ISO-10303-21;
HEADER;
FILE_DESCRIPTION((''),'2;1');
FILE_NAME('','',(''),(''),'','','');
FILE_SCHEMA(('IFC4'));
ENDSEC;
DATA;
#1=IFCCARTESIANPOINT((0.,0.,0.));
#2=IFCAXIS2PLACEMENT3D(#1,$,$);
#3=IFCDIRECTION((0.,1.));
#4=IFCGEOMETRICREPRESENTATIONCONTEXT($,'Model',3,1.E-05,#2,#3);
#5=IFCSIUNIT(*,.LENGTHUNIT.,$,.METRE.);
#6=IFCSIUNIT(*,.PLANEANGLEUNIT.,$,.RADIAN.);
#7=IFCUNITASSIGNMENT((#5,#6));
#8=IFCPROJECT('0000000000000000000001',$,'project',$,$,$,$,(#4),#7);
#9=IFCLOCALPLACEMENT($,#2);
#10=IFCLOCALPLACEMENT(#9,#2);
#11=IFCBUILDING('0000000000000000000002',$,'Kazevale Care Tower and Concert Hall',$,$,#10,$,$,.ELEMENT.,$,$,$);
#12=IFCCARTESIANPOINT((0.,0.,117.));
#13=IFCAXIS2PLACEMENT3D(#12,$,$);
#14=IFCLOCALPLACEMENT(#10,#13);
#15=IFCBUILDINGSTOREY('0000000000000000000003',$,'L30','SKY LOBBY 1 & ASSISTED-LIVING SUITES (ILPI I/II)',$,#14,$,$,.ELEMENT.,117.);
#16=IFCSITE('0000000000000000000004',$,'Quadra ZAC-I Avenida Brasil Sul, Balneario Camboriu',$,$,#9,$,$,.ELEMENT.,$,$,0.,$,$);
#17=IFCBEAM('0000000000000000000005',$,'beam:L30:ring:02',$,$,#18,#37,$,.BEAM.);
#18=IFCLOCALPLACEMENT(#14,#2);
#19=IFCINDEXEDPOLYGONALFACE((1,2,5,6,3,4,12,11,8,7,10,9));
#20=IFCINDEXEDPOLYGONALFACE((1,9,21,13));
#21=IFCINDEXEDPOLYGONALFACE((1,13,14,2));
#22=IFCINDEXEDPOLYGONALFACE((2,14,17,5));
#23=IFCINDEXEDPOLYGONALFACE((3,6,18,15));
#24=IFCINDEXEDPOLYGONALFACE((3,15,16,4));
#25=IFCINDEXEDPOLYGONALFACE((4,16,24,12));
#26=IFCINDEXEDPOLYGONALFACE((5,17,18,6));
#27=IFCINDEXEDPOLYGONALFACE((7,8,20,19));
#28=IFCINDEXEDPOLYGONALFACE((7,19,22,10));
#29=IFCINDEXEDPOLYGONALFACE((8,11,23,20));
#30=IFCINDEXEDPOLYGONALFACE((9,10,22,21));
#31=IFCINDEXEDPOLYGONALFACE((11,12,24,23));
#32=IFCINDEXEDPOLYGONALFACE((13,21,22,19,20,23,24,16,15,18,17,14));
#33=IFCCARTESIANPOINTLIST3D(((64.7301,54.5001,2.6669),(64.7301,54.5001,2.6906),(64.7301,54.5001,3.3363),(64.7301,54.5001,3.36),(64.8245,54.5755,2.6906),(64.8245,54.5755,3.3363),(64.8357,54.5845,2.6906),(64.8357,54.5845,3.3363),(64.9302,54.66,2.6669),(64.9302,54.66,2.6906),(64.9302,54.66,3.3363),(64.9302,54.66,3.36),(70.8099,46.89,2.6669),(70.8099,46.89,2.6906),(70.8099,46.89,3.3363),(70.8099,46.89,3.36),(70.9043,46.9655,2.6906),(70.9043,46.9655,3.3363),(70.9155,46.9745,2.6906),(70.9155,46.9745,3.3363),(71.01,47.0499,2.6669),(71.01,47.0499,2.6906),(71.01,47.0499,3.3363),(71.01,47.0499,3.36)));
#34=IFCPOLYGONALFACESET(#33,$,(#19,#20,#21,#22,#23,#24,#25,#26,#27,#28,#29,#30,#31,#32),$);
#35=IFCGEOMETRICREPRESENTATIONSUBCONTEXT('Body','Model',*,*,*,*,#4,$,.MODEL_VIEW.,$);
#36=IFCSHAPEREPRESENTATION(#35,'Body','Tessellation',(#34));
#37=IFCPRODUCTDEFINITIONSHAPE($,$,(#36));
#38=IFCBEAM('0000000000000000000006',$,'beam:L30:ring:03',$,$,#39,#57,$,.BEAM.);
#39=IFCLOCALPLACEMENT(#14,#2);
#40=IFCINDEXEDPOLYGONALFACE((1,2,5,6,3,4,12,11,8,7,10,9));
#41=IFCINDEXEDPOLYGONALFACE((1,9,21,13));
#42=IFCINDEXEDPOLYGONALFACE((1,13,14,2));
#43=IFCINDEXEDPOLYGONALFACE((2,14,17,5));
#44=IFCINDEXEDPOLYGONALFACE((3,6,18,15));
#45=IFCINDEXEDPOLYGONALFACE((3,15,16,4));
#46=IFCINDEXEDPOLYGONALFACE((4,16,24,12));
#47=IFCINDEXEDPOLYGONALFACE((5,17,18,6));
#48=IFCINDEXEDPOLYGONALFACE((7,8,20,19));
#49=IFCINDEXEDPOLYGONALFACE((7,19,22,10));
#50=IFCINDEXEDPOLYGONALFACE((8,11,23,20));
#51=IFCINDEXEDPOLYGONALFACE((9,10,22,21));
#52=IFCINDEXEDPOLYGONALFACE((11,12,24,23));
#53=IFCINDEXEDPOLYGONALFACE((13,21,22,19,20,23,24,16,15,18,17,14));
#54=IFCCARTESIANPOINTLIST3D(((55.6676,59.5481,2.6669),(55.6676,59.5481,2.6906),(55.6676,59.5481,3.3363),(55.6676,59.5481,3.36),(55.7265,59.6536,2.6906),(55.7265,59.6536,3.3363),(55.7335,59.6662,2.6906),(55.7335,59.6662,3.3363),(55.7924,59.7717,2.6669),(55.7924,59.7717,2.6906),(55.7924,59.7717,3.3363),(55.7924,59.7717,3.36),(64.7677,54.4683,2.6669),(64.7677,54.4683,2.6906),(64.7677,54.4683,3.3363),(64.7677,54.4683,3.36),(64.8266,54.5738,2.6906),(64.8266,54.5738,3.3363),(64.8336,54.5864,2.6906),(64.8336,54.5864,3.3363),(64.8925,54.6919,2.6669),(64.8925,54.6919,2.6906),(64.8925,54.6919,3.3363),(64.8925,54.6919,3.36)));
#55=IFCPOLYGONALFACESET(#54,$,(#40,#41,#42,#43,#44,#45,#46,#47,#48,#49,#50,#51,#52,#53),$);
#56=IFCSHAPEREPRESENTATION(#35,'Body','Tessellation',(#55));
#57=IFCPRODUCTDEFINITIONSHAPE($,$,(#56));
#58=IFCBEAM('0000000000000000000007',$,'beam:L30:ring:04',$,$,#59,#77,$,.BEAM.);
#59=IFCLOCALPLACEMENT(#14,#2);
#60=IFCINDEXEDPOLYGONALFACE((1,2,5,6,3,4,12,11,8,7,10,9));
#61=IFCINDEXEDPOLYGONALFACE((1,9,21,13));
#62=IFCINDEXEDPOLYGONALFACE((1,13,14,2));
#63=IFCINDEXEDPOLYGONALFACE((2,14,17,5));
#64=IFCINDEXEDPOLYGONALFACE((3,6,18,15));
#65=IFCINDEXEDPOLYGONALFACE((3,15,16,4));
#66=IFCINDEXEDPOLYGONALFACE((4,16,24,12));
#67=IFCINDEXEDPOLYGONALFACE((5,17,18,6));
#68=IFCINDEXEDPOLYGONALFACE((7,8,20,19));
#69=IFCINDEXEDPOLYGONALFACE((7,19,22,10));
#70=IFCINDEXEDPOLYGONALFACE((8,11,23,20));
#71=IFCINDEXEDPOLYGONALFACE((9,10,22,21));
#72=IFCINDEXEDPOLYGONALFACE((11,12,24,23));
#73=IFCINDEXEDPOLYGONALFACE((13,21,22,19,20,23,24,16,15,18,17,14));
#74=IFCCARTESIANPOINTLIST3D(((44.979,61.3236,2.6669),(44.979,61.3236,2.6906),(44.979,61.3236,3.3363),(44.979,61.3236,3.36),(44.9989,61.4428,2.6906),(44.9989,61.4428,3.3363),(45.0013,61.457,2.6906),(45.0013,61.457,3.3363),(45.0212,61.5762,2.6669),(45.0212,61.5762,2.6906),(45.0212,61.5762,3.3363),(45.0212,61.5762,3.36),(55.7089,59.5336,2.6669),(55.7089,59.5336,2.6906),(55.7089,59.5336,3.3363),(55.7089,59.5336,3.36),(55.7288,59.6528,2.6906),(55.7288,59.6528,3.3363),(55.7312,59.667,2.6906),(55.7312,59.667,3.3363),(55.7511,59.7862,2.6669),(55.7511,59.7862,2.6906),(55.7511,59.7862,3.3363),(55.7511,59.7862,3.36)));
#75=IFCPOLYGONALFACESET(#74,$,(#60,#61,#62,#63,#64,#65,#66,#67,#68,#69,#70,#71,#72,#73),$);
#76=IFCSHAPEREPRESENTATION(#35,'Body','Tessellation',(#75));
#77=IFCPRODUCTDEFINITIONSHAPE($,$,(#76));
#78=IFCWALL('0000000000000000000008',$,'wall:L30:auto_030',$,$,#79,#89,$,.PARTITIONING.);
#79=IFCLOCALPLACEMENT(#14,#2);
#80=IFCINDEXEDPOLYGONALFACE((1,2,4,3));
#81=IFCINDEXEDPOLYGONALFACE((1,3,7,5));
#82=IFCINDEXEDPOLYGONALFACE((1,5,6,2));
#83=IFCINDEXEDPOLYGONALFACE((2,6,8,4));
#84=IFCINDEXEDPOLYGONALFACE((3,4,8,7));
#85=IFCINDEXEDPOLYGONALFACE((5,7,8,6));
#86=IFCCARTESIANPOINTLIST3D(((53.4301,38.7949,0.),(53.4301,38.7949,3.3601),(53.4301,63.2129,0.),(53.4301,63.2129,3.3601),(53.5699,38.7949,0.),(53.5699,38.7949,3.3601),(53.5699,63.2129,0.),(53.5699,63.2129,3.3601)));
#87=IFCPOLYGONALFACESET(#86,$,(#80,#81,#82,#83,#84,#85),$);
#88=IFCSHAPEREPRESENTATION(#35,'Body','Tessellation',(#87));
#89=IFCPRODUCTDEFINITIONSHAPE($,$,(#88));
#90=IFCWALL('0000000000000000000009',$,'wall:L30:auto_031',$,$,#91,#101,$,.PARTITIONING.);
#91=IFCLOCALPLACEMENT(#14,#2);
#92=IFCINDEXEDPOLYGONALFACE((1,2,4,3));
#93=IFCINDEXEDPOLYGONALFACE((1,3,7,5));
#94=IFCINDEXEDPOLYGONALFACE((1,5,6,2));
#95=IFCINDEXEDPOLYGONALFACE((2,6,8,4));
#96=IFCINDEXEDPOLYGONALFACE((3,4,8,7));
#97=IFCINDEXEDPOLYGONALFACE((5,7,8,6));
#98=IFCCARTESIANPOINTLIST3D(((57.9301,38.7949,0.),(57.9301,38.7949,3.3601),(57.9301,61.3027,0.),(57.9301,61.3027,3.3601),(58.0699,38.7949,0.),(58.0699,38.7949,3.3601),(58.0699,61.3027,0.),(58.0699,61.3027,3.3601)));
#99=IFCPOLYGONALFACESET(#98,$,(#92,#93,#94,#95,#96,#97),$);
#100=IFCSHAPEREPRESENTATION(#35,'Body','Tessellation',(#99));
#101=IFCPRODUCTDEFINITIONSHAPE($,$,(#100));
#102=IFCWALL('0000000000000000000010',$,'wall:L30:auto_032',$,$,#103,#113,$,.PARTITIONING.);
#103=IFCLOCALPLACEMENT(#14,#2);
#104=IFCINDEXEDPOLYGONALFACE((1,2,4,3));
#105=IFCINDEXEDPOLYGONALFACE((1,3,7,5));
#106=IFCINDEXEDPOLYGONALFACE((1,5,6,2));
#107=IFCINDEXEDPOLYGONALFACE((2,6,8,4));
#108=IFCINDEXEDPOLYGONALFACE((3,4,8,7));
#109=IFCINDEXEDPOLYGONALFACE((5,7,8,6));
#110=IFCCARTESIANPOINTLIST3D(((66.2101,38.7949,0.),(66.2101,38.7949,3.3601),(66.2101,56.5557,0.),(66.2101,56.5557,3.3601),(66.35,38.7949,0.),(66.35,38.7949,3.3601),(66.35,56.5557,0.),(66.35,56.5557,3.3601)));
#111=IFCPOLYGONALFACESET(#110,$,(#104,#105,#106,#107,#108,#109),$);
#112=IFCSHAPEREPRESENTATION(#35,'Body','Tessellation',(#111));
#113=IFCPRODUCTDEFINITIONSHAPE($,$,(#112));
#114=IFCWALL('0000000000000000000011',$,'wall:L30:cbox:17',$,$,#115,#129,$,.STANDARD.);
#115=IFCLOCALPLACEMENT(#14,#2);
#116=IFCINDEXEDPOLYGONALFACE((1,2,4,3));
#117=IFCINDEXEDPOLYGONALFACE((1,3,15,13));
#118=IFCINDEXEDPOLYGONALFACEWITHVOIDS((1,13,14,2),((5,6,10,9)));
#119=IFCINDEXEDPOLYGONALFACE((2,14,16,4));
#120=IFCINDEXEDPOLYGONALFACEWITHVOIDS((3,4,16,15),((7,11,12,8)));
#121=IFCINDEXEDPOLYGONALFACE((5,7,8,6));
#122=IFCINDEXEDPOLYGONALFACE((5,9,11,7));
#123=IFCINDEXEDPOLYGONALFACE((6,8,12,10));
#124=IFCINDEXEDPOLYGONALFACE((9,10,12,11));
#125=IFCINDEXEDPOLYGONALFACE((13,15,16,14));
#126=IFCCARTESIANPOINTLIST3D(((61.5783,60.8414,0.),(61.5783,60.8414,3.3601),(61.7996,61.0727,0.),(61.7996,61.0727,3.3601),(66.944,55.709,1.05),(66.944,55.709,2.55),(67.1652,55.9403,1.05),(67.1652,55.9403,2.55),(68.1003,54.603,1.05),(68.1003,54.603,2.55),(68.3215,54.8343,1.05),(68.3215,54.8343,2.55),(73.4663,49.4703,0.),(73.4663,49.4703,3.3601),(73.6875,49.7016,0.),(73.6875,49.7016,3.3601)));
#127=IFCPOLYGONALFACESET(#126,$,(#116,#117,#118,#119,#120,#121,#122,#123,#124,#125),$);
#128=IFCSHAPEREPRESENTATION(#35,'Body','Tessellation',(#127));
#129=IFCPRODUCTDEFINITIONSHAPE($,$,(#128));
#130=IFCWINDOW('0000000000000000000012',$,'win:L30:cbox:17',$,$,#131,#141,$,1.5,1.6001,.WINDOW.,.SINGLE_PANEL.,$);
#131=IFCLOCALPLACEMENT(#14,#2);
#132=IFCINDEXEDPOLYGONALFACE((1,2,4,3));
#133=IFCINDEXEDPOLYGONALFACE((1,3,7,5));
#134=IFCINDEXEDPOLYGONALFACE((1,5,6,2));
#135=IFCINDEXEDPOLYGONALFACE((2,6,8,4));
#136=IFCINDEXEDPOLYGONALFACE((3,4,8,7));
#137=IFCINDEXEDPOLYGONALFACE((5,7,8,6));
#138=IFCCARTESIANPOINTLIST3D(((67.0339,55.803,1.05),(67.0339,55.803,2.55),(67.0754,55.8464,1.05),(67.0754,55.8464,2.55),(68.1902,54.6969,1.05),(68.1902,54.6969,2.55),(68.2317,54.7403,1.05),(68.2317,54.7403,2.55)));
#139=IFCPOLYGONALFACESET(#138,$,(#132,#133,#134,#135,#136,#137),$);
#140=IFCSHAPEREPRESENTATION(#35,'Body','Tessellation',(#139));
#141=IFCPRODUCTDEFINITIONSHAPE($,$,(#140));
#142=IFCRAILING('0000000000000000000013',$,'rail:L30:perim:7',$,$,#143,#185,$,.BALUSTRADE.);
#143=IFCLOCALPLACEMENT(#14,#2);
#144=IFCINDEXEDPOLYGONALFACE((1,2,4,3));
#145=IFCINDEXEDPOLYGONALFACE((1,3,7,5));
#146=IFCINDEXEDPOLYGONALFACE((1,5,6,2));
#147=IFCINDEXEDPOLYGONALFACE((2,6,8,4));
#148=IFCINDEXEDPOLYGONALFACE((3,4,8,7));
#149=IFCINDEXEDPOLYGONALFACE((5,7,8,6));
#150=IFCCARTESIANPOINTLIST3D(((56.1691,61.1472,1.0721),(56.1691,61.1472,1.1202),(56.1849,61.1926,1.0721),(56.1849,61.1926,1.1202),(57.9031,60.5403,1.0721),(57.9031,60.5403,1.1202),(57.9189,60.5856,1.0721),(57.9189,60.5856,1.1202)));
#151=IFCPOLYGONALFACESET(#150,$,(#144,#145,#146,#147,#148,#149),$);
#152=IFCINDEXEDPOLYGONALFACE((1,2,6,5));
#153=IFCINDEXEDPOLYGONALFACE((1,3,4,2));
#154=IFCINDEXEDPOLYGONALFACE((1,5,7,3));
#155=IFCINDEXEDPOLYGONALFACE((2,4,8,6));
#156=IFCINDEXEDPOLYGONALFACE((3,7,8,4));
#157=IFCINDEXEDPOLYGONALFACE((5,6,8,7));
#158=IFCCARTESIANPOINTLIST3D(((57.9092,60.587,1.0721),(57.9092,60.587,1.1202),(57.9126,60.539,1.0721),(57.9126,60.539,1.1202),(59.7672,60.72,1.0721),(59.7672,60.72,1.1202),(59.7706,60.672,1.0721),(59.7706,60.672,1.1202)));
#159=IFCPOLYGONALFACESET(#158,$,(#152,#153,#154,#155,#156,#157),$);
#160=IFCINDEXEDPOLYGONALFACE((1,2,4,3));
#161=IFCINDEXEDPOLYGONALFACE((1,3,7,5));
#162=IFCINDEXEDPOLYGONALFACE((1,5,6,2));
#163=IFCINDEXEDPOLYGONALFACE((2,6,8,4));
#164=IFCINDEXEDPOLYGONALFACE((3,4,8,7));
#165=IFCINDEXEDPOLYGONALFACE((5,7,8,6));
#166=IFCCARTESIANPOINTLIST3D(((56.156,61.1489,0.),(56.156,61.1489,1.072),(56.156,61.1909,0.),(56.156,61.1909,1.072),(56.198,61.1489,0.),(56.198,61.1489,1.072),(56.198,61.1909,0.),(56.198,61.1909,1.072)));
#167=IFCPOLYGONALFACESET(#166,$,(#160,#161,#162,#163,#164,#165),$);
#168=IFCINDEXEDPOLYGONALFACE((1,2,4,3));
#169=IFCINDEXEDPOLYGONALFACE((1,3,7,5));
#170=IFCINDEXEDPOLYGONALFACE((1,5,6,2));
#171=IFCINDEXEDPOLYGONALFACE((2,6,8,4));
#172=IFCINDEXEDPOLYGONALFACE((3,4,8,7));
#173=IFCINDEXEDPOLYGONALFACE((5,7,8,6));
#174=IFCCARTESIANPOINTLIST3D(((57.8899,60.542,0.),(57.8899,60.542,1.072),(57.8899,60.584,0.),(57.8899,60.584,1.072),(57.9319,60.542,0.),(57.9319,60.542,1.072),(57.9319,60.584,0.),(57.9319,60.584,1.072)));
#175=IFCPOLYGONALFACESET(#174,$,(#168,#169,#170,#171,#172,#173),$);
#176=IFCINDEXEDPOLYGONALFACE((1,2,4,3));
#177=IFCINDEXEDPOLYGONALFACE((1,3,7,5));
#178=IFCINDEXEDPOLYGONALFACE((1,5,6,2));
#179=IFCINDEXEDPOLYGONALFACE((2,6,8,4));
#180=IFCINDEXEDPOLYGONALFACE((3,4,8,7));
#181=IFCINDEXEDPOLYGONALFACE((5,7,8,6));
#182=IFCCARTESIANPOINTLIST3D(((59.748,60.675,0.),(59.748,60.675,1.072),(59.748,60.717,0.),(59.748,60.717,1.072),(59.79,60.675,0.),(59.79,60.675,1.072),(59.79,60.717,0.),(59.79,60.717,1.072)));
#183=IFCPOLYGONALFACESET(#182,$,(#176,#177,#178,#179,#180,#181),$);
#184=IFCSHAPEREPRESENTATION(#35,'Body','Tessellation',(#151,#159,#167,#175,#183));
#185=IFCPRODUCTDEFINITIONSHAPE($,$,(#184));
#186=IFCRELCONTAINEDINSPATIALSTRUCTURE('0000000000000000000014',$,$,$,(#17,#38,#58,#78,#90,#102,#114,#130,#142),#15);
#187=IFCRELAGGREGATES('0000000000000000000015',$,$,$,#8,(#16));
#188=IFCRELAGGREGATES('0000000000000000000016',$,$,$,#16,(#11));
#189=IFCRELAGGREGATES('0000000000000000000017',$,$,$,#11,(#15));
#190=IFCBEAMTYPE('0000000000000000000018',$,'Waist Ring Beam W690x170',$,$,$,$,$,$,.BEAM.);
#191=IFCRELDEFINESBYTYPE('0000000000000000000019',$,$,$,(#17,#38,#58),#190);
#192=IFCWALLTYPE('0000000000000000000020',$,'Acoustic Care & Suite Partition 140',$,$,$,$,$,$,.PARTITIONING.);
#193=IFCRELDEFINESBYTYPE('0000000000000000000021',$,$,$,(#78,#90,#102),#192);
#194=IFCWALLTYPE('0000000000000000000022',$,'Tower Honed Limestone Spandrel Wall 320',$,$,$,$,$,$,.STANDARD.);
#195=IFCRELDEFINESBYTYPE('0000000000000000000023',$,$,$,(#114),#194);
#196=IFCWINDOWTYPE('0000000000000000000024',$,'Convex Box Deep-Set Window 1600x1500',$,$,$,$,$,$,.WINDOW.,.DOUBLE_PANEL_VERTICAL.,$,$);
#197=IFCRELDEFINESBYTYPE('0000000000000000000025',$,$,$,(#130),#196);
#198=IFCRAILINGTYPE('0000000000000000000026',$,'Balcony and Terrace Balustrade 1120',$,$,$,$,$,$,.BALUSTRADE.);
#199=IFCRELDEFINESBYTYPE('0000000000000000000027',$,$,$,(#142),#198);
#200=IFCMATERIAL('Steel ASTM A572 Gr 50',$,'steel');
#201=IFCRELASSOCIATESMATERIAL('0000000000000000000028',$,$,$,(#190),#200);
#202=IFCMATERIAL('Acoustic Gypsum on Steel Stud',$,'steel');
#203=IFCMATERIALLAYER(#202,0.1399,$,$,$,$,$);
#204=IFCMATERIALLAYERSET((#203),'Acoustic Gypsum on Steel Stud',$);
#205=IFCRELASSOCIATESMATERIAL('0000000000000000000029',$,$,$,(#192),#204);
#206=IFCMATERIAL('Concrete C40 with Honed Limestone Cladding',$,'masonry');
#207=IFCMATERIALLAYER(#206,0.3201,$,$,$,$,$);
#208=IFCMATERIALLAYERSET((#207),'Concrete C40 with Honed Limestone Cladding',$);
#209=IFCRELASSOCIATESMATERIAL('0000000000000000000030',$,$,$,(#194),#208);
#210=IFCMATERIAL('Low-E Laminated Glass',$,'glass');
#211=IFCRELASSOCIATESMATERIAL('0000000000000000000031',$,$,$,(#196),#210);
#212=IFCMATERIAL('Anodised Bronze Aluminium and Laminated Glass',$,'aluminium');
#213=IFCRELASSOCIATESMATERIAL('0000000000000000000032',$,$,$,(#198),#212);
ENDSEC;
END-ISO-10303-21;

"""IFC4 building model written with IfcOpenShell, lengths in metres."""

from ifc_helpers import new_model, si_unit, direction, frame, frame_2d, origin, origin_2d, place, context, subcontext, project, spatial, rectangle, i_section, extrude, material, layer, layer_set, material_profile, profile_set, type_object, element, fill, save


model = new_model("IFC4")

# Units and contexts
model_context = context("Model", 3, precision=1e-05, world=origin(), true_north=direction((0.0, 1.0)))
body_context = subcontext(model_context, "Body", "Model", "MODEL_VIEW")
ifc_project = project(units=[si_unit("LENGTHUNIT", "METRE"), si_unit("PLANEANGLEUNIT", "RADIAN")], contexts=[model_context])

# Site, building, storey
site_placement = place(None, origin())
site = spatial("IfcSite", under=ifc_project, at=site_placement, Name="Quadra ZAC-I Avenida Brasil Sul, Balneario Camboriu", CompositionType="ELEMENT", RefElevation=0.0)
building_placement = place(site_placement, origin())
building = spatial("IfcBuilding", under=site, at=building_placement, Name="Kazevale Care Tower and Concert Hall", CompositionType="ELEMENT")
storey_placement = place(building_placement, frame((0.0, 0.0, 117.0)))
storey = spatial("IfcBuildingStorey", under=building, at=storey_placement, Name="L30", Description="SKY LOBBY 1 & ASSISTED-LIVING SUITES (ILPI I/II)", CompositionType="ELEMENT", Elevation=117.0)

# Beams
ifc_material_1 = material(Name="Steel ASTM A572 Gr 50", Category="steel")
ifc_material_profile_1 = material_profile(ifc_material_1, i_section(OverallWidth=0.2561, OverallDepth=0.6931, WebThickness=0.0144, FlangeThickness=0.0237, at=origin_2d()), Name="W690x170")
ifc_profile_set_1 = profile_set([ifc_material_profile_1], Name="Steel ASTM A572 Gr 50")
beam_type = type_object("IfcBeamType", Name="Waist Ring Beam W690x170", PredefinedType="BEAM", material=ifc_profile_set_1)
beam_1_placement = place(storey_placement, frame((70.9099, 46.97, 3.0134), z_axis=(-0.624178, 0.781282, 0.0), x_axis=(-0.781282, -0.624178, 0.0)))
element("IfcBeam", 1, at=beam_1_placement, inside=storey, type_object=beam_type, Name="beam:L30:ring:02", PredefinedType="BEAM", context=body_context, shape_type="SweptSolid", body=[
    extrude(i_section(OverallWidth=0.2561, OverallDepth=0.6931, WebThickness=0.0144, FlangeThickness=0.0237, at=origin_2d()), origin(), (0.0, 0.0, 1.0), 9.7405),
])
beam_2_placement = place(storey_placement, frame((64.8301, 54.5801, 3.0134), z_axis=(-0.873169, 0.487418, 0.0), x_axis=(-0.487418, -0.873169, 0.0)))
element("IfcBeam", 2, at=beam_2_placement, inside=storey, type_object=beam_type, Name="beam:L30:ring:03", PredefinedType="BEAM", context=body_context, shape_type="SweptSolid", body=[
    extrude(i_section(OverallWidth=0.2561, OverallDepth=0.6931, WebThickness=0.0144, FlangeThickness=0.0237, at=origin_2d()), origin(), (0.0, 0.0, 1.0), 10.4219),
])
beam_3_placement = place(storey_placement, frame((55.73, 59.6599, 3.0134), z_axis=(-0.986368, 0.164552, 0.0), x_axis=(-0.164552, -0.986368, 0.0)))
element("IfcBeam", 3, at=beam_3_placement, inside=storey, type_object=beam_type, Name="beam:L30:ring:04", PredefinedType="BEAM", context=body_context, shape_type="SweptSolid", body=[
    extrude(i_section(OverallWidth=0.2561, OverallDepth=0.6931, WebThickness=0.0144, FlangeThickness=0.0237, at=origin_2d()), origin(), (0.0, 0.0, 1.0), 10.8782),
])

# Walls
ifc_material_2 = material(Name="Acoustic Gypsum on Steel Stud", Category="steel")
ifc_layer_1 = layer(ifc_material_2, 0.1399)
ifc_layer_set_1 = layer_set([ifc_layer_1], Name="Acoustic Gypsum on Steel Stud")
wall_type_1 = type_object("IfcWallType", Name="Acoustic Care & Suite Partition 140", PredefinedType="PARTITIONING", material=ifc_layer_set_1)
wall_1_placement = place(storey_placement, frame((53.5, 63.2129, 0.0), z_axis=(0.0, 0.0, 1.0), x_axis=(0.0, -1.0, 0.0)))
element("IfcWall", 4, at=wall_1_placement, inside=storey, type_object=wall_type_1, Name="wall:L30:auto_030", PredefinedType="PARTITIONING", context=body_context, shape_type="SweptSolid", body=[
    extrude(rectangle(XDim=24.418, YDim=0.1399, at=frame_2d((12.209, 0.0))), origin(), (0.0, 0.0, 1.0), 3.3601),
])
wall_2_placement = place(storey_placement, frame((58.0, 61.3027, 0.0), z_axis=(0.0, 0.0, 1.0), x_axis=(0.0, -1.0, 0.0)))
element("IfcWall", 5, at=wall_2_placement, inside=storey, type_object=wall_type_1, Name="wall:L30:auto_031", PredefinedType="PARTITIONING", context=body_context, shape_type="SweptSolid", body=[
    extrude(rectangle(XDim=22.5078, YDim=0.1399, at=frame_2d((11.2539, 0.0))), origin(), (0.0, 0.0, 1.0), 3.3601),
])
wall_3_placement = place(storey_placement, frame((66.28, 56.5557, 0.0), z_axis=(0.0, 0.0, 1.0), x_axis=(0.0, -1.0, 0.0)))
element("IfcWall", 6, at=wall_3_placement, inside=storey, type_object=wall_type_1, Name="wall:L30:auto_032", PredefinedType="PARTITIONING", context=body_context, shape_type="SweptSolid", body=[
    extrude(rectangle(XDim=17.7607, YDim=0.1399, at=frame_2d((8.8804, 0.0))), origin(), (0.0, 0.0, 1.0), 3.3601),
])

# Wall, opening, window
ifc_material_3 = material(Name="Concrete C40 with Honed Limestone Cladding", Category="masonry")
ifc_layer_2 = layer(ifc_material_3, 0.3201)
ifc_layer_set_2 = layer_set([ifc_layer_2], Name="Concrete C40 with Honed Limestone Cladding")
wall_type_2 = type_object("IfcWallType", Name="Tower Honed Limestone Spandrel Wall 320", PredefinedType="STANDARD", material=ifc_layer_set_2)
wall_4_placement = place(storey_placement, frame((61.689, 60.957, 0.0), z_axis=(0.0, 0.0, 1.0), x_axis=(0.722641, -0.691223, 0.0)))
wall_4 = element("IfcWall", 7, at=wall_4_placement, inside=storey, type_object=wall_type_2, Name="wall:L30:cbox:17", PredefinedType="STANDARD", context=body_context, shape_type="SweptSolid", body=[
    extrude(rectangle(XDim=16.4507, YDim=0.3201, at=frame_2d((8.2253, 0.0))), origin(), (0.0, 0.0, 1.0), 3.3601),
])
opening_placement = place(wall_4_placement, frame((7.425, 0.0, 1.05)))
opening = element("IfcOpeningElement", 8, at=opening_placement, cuts=wall_4, PredefinedType="OPENING", context=body_context, shape_type="SweptSolid", body=[
    extrude(rectangle(XDim=1.6001, YDim=1.5, at=frame_2d((0.8, 0.75))), frame((0.0, 0.1699, 0.0), z_axis=(0.0, -1.0, 0.0), x_axis=(1.0, 0.0, 0.0)), (0.0, 0.0, 1.0), 0.3401),
])
ifc_material_4 = material(Name="Low-E Laminated Glass", Category="glass")
window_type = type_object("IfcWindowType", Name="Convex Box Deep-Set Window 1600x1500", PartitioningType="DOUBLE_PANEL_VERTICAL", PredefinedType="WINDOW", material=ifc_material_4)
window_placement = place(opening_placement, origin())
window = element("IfcWindow", 9, at=window_placement, inside=storey, type_object=window_type, Name="win:L30:cbox:17", OverallHeight=1.5, OverallWidth=1.6001, PartitioningType="SINGLE_PANEL", PredefinedType="WINDOW", context=body_context, shape_type="SweptSolid", body=[
    extrude(rectangle(XDim=1.6001, YDim=1.5, at=frame_2d((0.8, 0.75))), frame((0.0, 0.03, 0.0), z_axis=(0.0, -1.0, 0.0), x_axis=(1.0, 0.0, 0.0)), (0.0, 0.0, 1.0), 0.0601),
])
fill(opening, window)

# Railing
ifc_material_5 = material(Name="Anodised Bronze Aluminium and Laminated Glass", Category="aluminium")
railing_type = type_object("IfcRailingType", Name="Balcony and Terrace Balustrade 1120", PredefinedType="BALUSTRADE", material=ifc_material_5)
railing_1_placement = place(storey_placement, frame((56.177, 61.1699, 0.0)))
element("IfcRailing", 10, at=railing_1_placement, inside=storey, type_object=railing_type, Name="rail:L30:perim:7", PredefinedType="BALUSTRADE", context=body_context, shape_type="SweptSolid", body=[
    extrude(rectangle(XDim=0.0481, YDim=0.0481, at=origin_2d()), frame((0.0, 0.0, 1.0962), z_axis=(0.943846, -0.330386, 0.0), x_axis=(0.330386, 0.943846, 0.0)), (0.0, 0.0, 1.0), 1.8372),
    extrude(rectangle(XDim=0.0481, YDim=0.0481, at=origin_2d()), frame((1.7339, -0.6069, 1.0962), z_axis=(0.997446, 0.071424, 0.0), x_axis=(-0.071424, 0.997446, 0.0)), (0.0, 0.0, 1.0), 1.8628),
    extrude(rectangle(XDim=0.042, YDim=0.042, at=origin_2d()), origin(), (0.0, 0.0, 1.0), 1.072),
    extrude(rectangle(XDim=0.042, YDim=0.042, at=origin_2d()), frame((1.7339, -0.6069, 0.0)), (0.0, 0.0, 1.0), 1.072),
    extrude(rectangle(XDim=0.042, YDim=0.042, at=origin_2d()), frame((3.592, -0.4739, 0.0)), (0.0, 0.0, 1.0), 1.072),
])

save(model, "model.ifc")
